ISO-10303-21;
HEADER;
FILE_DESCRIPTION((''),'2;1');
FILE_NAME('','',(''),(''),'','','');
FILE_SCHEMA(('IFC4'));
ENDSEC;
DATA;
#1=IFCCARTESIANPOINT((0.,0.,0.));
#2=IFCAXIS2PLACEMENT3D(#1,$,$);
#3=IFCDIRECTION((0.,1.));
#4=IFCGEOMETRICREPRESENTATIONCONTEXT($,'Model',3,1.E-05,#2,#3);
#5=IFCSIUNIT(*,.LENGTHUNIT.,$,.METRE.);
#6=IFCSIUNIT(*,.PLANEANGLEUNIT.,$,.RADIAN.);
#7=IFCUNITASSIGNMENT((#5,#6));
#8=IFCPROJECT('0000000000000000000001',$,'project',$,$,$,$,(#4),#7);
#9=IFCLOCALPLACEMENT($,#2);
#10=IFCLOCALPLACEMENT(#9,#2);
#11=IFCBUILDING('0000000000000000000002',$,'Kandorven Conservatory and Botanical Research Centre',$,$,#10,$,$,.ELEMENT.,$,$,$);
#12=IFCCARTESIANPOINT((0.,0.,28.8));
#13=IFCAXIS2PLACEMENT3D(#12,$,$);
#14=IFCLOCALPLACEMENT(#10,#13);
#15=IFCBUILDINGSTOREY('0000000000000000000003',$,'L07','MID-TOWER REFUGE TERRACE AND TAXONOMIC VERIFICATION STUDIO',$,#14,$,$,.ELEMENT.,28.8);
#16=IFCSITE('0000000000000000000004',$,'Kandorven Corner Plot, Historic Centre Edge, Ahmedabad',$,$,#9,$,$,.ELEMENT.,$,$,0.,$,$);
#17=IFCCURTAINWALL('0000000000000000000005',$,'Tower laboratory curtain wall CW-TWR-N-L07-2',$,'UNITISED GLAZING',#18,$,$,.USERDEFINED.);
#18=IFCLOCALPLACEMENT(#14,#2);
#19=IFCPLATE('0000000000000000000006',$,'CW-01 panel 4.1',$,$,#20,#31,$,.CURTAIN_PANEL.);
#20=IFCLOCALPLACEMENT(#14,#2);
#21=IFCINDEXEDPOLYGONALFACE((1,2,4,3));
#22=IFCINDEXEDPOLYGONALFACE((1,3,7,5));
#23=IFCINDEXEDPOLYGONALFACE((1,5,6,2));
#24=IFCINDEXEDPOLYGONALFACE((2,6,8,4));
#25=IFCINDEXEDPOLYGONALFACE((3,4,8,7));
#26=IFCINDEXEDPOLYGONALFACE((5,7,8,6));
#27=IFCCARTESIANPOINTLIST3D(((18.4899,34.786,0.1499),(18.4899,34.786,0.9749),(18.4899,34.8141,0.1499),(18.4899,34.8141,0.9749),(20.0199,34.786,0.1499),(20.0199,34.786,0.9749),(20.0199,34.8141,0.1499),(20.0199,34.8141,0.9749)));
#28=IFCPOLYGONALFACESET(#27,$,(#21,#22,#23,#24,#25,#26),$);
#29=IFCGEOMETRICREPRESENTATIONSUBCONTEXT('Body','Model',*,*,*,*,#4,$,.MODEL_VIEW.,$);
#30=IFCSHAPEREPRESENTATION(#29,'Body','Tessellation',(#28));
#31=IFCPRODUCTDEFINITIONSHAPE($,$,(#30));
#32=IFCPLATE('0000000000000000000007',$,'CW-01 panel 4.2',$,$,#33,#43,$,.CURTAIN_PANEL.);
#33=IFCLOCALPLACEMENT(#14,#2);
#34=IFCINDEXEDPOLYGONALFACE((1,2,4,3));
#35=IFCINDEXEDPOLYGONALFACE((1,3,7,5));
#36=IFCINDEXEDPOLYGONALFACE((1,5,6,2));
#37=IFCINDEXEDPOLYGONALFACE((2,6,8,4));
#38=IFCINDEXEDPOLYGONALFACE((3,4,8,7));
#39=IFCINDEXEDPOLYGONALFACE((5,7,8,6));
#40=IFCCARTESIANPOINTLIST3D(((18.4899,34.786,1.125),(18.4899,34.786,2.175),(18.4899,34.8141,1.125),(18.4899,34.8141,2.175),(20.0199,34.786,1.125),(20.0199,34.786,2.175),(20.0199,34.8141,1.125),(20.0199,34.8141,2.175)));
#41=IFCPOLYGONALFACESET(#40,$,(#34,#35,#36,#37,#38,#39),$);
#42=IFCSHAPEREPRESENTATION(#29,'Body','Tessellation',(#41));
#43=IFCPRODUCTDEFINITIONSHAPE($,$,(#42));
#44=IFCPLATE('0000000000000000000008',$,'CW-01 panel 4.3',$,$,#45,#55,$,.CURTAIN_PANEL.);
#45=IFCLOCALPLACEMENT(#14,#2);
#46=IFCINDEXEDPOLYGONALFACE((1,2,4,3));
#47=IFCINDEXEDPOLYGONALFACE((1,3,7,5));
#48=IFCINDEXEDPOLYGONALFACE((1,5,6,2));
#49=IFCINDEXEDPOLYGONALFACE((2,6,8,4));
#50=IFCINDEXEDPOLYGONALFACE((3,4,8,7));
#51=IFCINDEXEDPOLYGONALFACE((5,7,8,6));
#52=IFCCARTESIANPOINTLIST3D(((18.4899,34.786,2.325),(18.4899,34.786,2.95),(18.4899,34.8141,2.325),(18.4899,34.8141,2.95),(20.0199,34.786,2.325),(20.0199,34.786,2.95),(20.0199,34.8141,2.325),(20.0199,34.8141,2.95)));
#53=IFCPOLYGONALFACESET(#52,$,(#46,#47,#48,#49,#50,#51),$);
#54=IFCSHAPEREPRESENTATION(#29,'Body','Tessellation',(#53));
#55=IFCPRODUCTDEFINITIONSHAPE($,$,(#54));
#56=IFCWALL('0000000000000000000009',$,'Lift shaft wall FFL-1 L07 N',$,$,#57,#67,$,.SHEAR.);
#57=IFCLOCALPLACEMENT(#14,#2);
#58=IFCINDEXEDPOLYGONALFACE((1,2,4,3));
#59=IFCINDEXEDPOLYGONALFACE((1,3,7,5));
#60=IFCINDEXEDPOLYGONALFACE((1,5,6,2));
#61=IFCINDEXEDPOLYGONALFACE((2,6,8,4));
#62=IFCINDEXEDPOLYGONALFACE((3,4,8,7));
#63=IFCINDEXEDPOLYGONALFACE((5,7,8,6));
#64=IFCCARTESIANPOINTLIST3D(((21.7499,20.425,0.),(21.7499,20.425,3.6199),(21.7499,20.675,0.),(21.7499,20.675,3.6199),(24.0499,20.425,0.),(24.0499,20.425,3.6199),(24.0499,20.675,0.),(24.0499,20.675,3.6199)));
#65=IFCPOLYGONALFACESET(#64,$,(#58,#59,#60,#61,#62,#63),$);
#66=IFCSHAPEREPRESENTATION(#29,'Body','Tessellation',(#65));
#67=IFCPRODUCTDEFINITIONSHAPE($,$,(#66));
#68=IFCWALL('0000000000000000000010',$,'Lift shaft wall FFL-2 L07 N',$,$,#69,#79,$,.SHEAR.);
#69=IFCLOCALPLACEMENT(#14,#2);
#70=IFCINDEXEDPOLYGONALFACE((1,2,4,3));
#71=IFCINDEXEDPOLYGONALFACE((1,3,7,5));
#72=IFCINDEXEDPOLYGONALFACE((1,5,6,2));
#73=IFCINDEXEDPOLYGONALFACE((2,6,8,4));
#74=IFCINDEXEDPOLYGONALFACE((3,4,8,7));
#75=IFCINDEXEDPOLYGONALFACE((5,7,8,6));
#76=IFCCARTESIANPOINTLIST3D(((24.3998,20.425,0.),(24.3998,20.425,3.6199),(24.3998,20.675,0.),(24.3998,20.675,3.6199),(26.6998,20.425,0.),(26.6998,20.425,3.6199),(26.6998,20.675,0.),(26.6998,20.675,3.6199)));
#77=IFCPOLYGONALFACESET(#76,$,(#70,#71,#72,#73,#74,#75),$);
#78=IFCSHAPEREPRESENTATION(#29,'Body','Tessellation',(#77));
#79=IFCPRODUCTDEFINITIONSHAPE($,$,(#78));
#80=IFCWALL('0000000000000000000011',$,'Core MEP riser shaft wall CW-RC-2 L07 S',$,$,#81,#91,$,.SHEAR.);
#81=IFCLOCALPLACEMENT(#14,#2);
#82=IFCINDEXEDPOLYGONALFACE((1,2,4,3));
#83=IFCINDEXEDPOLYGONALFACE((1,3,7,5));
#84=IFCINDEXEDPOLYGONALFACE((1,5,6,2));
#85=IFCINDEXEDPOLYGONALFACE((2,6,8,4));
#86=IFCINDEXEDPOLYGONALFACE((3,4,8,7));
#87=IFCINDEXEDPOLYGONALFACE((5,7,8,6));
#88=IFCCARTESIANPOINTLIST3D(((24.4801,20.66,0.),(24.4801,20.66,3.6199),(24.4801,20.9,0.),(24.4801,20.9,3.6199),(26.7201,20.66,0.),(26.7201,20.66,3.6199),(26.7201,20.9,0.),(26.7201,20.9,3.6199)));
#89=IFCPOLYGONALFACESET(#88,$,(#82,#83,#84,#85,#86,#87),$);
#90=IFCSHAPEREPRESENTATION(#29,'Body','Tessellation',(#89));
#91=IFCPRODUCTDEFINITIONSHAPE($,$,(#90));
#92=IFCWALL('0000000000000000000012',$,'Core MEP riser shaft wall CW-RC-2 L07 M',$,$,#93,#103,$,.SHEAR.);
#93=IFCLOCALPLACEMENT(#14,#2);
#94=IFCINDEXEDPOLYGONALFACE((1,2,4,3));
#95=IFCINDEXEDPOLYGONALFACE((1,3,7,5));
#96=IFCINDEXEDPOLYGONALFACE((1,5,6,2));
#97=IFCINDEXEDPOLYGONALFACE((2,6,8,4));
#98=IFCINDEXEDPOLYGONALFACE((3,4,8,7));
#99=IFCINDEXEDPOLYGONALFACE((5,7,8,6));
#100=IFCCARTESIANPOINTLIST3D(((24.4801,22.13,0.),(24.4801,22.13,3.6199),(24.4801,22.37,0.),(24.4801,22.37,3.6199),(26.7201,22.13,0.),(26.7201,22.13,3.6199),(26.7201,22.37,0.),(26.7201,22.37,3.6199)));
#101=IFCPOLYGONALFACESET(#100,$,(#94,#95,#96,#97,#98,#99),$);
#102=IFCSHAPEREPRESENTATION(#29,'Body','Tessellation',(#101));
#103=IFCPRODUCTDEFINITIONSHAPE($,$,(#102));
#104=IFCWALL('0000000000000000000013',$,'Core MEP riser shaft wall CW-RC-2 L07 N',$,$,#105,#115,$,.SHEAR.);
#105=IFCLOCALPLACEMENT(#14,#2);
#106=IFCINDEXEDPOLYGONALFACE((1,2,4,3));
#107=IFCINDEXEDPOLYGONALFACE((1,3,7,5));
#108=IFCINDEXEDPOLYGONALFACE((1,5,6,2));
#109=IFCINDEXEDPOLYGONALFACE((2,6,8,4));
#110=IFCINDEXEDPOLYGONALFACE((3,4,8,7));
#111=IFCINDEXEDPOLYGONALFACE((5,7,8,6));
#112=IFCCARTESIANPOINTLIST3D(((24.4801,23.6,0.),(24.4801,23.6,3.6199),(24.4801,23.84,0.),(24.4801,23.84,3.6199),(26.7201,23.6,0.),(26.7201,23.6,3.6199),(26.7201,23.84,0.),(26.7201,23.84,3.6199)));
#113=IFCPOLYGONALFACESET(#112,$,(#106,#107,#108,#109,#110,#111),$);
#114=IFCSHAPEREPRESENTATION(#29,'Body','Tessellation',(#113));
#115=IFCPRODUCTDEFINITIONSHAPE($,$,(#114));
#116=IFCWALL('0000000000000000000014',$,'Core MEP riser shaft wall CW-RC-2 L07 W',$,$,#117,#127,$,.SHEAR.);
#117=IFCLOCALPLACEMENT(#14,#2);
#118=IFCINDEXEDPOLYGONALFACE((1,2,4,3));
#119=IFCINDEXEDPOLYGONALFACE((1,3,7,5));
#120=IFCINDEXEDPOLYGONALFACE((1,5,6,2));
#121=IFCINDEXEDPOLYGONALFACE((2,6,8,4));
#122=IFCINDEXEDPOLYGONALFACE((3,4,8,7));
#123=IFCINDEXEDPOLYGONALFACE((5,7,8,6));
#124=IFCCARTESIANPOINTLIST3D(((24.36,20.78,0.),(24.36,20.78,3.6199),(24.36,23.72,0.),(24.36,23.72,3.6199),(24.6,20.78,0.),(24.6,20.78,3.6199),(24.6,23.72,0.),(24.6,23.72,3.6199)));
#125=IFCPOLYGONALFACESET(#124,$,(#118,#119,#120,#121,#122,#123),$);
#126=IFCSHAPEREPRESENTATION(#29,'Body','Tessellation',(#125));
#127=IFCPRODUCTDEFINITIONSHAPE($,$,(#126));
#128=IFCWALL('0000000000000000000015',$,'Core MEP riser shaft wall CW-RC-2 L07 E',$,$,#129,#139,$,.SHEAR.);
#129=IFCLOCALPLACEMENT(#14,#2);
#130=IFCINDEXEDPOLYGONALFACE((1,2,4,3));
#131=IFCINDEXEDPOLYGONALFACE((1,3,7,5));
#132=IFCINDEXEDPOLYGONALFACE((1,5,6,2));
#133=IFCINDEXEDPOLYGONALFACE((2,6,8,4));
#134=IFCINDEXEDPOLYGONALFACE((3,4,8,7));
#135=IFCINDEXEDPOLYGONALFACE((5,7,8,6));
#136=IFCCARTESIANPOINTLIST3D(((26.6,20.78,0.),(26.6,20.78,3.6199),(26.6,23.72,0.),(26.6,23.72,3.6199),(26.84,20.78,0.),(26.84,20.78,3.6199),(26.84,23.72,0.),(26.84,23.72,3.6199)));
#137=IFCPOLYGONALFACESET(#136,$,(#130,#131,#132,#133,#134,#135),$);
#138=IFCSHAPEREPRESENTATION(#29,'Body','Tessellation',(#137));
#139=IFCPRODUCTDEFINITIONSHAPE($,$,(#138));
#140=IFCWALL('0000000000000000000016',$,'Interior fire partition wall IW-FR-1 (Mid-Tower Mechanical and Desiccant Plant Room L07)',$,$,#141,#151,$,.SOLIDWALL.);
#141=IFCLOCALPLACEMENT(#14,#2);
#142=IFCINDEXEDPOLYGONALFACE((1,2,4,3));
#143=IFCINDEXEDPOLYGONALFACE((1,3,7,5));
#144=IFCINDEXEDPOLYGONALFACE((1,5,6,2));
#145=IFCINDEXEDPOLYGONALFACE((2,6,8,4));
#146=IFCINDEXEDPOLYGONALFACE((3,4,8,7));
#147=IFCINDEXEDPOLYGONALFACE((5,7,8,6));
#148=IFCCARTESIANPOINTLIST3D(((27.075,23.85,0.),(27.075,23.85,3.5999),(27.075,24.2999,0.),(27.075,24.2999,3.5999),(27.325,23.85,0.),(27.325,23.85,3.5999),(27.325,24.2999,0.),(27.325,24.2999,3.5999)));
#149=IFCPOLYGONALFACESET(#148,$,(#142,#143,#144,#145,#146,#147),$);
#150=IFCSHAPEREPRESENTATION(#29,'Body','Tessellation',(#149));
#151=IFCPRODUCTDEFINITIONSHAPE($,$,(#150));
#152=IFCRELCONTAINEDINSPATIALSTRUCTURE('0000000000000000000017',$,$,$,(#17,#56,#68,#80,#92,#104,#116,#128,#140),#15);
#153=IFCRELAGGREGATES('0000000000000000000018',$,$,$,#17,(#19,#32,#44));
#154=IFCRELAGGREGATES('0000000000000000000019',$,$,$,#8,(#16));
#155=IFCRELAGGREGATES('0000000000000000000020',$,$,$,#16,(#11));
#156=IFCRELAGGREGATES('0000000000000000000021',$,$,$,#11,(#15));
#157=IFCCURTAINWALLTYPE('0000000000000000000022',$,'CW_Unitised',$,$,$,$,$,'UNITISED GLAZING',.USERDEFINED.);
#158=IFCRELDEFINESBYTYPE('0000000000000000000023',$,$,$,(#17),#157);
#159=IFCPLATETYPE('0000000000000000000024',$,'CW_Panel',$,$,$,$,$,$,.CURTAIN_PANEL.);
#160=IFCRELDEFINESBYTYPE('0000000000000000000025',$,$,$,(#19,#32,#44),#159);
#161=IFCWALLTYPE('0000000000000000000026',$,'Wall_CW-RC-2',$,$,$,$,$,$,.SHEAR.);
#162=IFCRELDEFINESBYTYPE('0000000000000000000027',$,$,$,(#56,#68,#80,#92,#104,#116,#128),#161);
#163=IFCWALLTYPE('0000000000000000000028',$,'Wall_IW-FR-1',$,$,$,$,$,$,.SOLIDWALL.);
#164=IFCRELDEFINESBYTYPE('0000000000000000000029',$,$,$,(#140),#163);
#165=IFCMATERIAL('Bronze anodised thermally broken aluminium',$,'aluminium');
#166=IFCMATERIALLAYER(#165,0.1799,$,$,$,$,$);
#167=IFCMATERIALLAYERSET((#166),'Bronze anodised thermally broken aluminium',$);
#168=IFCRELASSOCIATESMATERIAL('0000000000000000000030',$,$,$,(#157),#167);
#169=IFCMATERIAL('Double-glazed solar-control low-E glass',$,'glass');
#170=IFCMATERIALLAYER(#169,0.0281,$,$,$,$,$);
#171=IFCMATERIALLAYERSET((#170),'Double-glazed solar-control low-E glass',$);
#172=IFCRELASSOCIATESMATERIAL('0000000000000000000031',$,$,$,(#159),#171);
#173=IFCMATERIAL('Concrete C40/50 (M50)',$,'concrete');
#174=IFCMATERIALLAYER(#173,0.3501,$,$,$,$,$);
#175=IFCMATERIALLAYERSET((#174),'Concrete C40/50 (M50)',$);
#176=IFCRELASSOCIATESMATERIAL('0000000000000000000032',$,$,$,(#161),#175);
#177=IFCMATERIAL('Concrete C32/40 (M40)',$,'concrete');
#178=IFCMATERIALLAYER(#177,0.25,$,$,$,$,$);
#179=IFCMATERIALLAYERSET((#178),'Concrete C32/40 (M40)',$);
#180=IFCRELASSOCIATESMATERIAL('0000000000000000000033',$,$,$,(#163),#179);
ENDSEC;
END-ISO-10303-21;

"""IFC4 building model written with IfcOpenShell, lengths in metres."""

from ifc_helpers import new_model, si_unit, direction, frame, frame_2d, origin, origin_2d, place, context, subcontext, project, spatial, rectangle, extrude, material, layer, layer_set, type_object, element, aggregate, save


model = new_model("IFC4")

# Units and contexts
model_context = context("Model", 3, precision=1e-05, world=origin(), true_north=direction((0.0, 1.0)))
body_context = subcontext(model_context, "Body", "Model", "MODEL_VIEW")
ifc_project = project(units=[si_unit("LENGTHUNIT", "METRE"), si_unit("PLANEANGLEUNIT", "RADIAN")], contexts=[model_context])

# Site, building, storey
site_placement = place(None, origin())
site = spatial("IfcSite", under=ifc_project, at=site_placement, Name="Kandorven Corner Plot, Historic Centre Edge, Ahmedabad", CompositionType="ELEMENT", RefElevation=0.0)
building_placement = place(site_placement, origin())
building = spatial("IfcBuilding", under=site, at=building_placement, Name="Kandorven Conservatory and Botanical Research Centre", CompositionType="ELEMENT")
storey_placement = place(building_placement, frame((0.0, 0.0, 28.8)))
storey = spatial("IfcBuildingStorey", under=building, at=storey_placement, Name="L07", Description="MID-TOWER REFUGE TERRACE AND TAXONOMIC VERIFICATION STUDIO", CompositionType="ELEMENT", Elevation=28.8)

# Curtain wall
ifc_material_1 = material(Name="Bronze anodised thermally broken aluminium", Category="aluminium")
ifc_layer_1 = layer(ifc_material_1, 0.1799)
ifc_layer_set_1 = layer_set([ifc_layer_1], Name="Bronze anodised thermally broken aluminium")
curtain_wall_type = type_object("IfcCurtainWallType", Name="CW_Unitised", ElementType="UNITISED GLAZING", PredefinedType="USERDEFINED", material=ifc_layer_set_1)
curtain_wall_1_placement = place(storey_placement, origin())
curtain_wall_1 = element("IfcCurtainWall", 1, at=curtain_wall_1_placement, inside=storey, type_object=curtain_wall_type, Name="Tower laboratory curtain wall CW-TWR-N-L07-2", ObjectType="UNITISED GLAZING", PredefinedType="USERDEFINED")

# Plates
ifc_material_2 = material(Name="Double-glazed solar-control low-E glass", Category="glass")
ifc_layer_2 = layer(ifc_material_2, 0.0281)
ifc_layer_set_2 = layer_set([ifc_layer_2], Name="Double-glazed solar-control low-E glass")
plate_type = type_object("IfcPlateType", Name="CW_Panel", PredefinedType="CURTAIN_PANEL", material=ifc_layer_set_2)
plate_1_placement = place(storey_placement, frame((19.2549, 34.8, 0.1499), z_axis=(0.0, 0.0, 1.0), x_axis=(1.0, 0.0, 0.0)))
plate_1 = element("IfcPlate", 2, at=plate_1_placement, type_object=plate_type, Name="CW-01 panel 4.1", PredefinedType="CURTAIN_PANEL", context=body_context, shape_type="SweptSolid", body=[
    extrude(rectangle(XDim=1.53, YDim=0.0281, at=origin_2d()), origin(), (0.0, 0.0, 1.0), 0.825),
])
plate_2_placement = place(storey_placement, frame((19.2549, 34.8, 1.125), z_axis=(0.0, 0.0, 1.0), x_axis=(1.0, 0.0, 0.0)))
plate_2 = element("IfcPlate", 3, at=plate_2_placement, type_object=plate_type, Name="CW-01 panel 4.2", PredefinedType="CURTAIN_PANEL", context=body_context, shape_type="SweptSolid", body=[
    extrude(rectangle(XDim=1.53, YDim=0.0281, at=origin_2d()), origin(), (0.0, 0.0, 1.0), 1.05),
])
plate_3_placement = place(storey_placement, frame((19.2549, 34.8, 2.325), z_axis=(0.0, 0.0, 1.0), x_axis=(1.0, 0.0, 0.0)))
plate_3 = element("IfcPlate", 4, at=plate_3_placement, type_object=plate_type, Name="CW-01 panel 4.3", PredefinedType="CURTAIN_PANEL", context=body_context, shape_type="SweptSolid", body=[
    extrude(rectangle(XDim=1.53, YDim=0.0281, at=origin_2d()), origin(), (0.0, 0.0, 1.0), 0.625),
])
aggregate(curtain_wall_1, [plate_1, plate_2, plate_3])

# Walls
ifc_material_3 = material(Name="Concrete C40/50 (M50)", Category="concrete")
ifc_layer_3 = layer(ifc_material_3, 0.3501)
ifc_layer_set_3 = layer_set([ifc_layer_3], Name="Concrete C40/50 (M50)")
wall_type_1 = type_object("IfcWallType", Name="Wall_CW-RC-2", PredefinedType="SHEAR", material=ifc_layer_set_3)
for number, where, z_axis, x_axis, name in (
    (5, (21.75, 20.55, 0.0), (0.0, 0.0, 1.0), (1.0, 0.0, 0.0), "Lift shaft wall FFL-1 L07 N"),
    (6, (24.3999, 20.55, 0.0), (0.0, 0.0, 1.0), (1.0, 0.0, 0.0), "Lift shaft wall FFL-2 L07 N"),
):
    element("IfcWall", number, at=place(storey_placement, frame(where, z_axis=z_axis, x_axis=x_axis)), inside=storey, type_object=wall_type_1, Name=name, PredefinedType="SHEAR", context=body_context, shape_type="SweptSolid", body=[
        extrude(rectangle(XDim=2.3, YDim=0.25, at=frame_2d((1.1499, 0.0))), origin(), (0.0, 0.0, 1.0), 3.6199),
    ])
for number, where, z_axis, x_axis, name in (
    (7, (24.48, 20.78, 0.0), (0.0, 0.0, 1.0), (1.0, 0.0, 0.0), "Core MEP riser shaft wall CW-RC-2 L07 S"),
    (8, (24.48, 22.25, 0.0), (0.0, 0.0, 1.0), (1.0, 0.0, 0.0), "Core MEP riser shaft wall CW-RC-2 L07 M"),
    (9, (24.48, 23.72, 0.0), (0.0, 0.0, 1.0), (1.0, 0.0, 0.0), "Core MEP riser shaft wall CW-RC-2 L07 N"),
):
    element("IfcWall", number, at=place(storey_placement, frame(where, z_axis=z_axis, x_axis=x_axis)), inside=storey, type_object=wall_type_1, Name=name, PredefinedType="SHEAR", context=body_context, shape_type="SweptSolid", body=[
        extrude(rectangle(XDim=2.24, YDim=0.24, at=frame_2d((1.1201, 0.0))), origin(), (0.0, 0.0, 1.0), 3.6199),
    ])
for number, where, z_axis, x_axis, name in (
    (10, (24.48, 20.78, 0.0), (0.0, 0.0, 1.0), (0.0, 1.0, 0.0), "Core MEP riser shaft wall CW-RC-2 L07 W"),
    (11, (26.72, 20.78, 0.0), (0.0, 0.0, 1.0), (0.0, 1.0, 0.0), "Core MEP riser shaft wall CW-RC-2 L07 E"),
):
    element("IfcWall", number, at=place(storey_placement, frame(where, z_axis=z_axis, x_axis=x_axis)), inside=storey, type_object=wall_type_1, Name=name, PredefinedType="SHEAR", context=body_context, shape_type="SweptSolid", body=[
        extrude(rectangle(XDim=2.9399, YDim=0.24, at=frame_2d((1.47, 0.0))), origin(), (0.0, 0.0, 1.0), 3.6199),
    ])
ifc_material_4 = material(Name="Concrete C32/40 (M40)", Category="concrete")
ifc_layer_4 = layer(ifc_material_4, 0.25)
ifc_layer_set_4 = layer_set([ifc_layer_4], Name="Concrete C32/40 (M40)")
wall_type_2 = type_object("IfcWallType", Name="Wall_IW-FR-1", PredefinedType="SOLIDWALL", material=ifc_layer_set_4)
wall_placement = place(storey_placement, frame((27.2, 24.3, 0.0), z_axis=(0.0, 0.0, 1.0), x_axis=(0.0, -1.0, 0.0)))
element("IfcWall", 12, at=wall_placement, inside=storey, type_object=wall_type_2, Name="Interior fire partition wall IW-FR-1 (Mid-Tower Mechanical and Desiccant Plant Room L07)", PredefinedType="SOLIDWALL", context=body_context, shape_type="SweptSolid", body=[
    extrude(rectangle(XDim=0.45, YDim=0.25, at=frame_2d((0.2251, 0.0))), origin(), (0.0, 0.0, 1.0), 3.5999),
])

save(model, "model.ifc")
